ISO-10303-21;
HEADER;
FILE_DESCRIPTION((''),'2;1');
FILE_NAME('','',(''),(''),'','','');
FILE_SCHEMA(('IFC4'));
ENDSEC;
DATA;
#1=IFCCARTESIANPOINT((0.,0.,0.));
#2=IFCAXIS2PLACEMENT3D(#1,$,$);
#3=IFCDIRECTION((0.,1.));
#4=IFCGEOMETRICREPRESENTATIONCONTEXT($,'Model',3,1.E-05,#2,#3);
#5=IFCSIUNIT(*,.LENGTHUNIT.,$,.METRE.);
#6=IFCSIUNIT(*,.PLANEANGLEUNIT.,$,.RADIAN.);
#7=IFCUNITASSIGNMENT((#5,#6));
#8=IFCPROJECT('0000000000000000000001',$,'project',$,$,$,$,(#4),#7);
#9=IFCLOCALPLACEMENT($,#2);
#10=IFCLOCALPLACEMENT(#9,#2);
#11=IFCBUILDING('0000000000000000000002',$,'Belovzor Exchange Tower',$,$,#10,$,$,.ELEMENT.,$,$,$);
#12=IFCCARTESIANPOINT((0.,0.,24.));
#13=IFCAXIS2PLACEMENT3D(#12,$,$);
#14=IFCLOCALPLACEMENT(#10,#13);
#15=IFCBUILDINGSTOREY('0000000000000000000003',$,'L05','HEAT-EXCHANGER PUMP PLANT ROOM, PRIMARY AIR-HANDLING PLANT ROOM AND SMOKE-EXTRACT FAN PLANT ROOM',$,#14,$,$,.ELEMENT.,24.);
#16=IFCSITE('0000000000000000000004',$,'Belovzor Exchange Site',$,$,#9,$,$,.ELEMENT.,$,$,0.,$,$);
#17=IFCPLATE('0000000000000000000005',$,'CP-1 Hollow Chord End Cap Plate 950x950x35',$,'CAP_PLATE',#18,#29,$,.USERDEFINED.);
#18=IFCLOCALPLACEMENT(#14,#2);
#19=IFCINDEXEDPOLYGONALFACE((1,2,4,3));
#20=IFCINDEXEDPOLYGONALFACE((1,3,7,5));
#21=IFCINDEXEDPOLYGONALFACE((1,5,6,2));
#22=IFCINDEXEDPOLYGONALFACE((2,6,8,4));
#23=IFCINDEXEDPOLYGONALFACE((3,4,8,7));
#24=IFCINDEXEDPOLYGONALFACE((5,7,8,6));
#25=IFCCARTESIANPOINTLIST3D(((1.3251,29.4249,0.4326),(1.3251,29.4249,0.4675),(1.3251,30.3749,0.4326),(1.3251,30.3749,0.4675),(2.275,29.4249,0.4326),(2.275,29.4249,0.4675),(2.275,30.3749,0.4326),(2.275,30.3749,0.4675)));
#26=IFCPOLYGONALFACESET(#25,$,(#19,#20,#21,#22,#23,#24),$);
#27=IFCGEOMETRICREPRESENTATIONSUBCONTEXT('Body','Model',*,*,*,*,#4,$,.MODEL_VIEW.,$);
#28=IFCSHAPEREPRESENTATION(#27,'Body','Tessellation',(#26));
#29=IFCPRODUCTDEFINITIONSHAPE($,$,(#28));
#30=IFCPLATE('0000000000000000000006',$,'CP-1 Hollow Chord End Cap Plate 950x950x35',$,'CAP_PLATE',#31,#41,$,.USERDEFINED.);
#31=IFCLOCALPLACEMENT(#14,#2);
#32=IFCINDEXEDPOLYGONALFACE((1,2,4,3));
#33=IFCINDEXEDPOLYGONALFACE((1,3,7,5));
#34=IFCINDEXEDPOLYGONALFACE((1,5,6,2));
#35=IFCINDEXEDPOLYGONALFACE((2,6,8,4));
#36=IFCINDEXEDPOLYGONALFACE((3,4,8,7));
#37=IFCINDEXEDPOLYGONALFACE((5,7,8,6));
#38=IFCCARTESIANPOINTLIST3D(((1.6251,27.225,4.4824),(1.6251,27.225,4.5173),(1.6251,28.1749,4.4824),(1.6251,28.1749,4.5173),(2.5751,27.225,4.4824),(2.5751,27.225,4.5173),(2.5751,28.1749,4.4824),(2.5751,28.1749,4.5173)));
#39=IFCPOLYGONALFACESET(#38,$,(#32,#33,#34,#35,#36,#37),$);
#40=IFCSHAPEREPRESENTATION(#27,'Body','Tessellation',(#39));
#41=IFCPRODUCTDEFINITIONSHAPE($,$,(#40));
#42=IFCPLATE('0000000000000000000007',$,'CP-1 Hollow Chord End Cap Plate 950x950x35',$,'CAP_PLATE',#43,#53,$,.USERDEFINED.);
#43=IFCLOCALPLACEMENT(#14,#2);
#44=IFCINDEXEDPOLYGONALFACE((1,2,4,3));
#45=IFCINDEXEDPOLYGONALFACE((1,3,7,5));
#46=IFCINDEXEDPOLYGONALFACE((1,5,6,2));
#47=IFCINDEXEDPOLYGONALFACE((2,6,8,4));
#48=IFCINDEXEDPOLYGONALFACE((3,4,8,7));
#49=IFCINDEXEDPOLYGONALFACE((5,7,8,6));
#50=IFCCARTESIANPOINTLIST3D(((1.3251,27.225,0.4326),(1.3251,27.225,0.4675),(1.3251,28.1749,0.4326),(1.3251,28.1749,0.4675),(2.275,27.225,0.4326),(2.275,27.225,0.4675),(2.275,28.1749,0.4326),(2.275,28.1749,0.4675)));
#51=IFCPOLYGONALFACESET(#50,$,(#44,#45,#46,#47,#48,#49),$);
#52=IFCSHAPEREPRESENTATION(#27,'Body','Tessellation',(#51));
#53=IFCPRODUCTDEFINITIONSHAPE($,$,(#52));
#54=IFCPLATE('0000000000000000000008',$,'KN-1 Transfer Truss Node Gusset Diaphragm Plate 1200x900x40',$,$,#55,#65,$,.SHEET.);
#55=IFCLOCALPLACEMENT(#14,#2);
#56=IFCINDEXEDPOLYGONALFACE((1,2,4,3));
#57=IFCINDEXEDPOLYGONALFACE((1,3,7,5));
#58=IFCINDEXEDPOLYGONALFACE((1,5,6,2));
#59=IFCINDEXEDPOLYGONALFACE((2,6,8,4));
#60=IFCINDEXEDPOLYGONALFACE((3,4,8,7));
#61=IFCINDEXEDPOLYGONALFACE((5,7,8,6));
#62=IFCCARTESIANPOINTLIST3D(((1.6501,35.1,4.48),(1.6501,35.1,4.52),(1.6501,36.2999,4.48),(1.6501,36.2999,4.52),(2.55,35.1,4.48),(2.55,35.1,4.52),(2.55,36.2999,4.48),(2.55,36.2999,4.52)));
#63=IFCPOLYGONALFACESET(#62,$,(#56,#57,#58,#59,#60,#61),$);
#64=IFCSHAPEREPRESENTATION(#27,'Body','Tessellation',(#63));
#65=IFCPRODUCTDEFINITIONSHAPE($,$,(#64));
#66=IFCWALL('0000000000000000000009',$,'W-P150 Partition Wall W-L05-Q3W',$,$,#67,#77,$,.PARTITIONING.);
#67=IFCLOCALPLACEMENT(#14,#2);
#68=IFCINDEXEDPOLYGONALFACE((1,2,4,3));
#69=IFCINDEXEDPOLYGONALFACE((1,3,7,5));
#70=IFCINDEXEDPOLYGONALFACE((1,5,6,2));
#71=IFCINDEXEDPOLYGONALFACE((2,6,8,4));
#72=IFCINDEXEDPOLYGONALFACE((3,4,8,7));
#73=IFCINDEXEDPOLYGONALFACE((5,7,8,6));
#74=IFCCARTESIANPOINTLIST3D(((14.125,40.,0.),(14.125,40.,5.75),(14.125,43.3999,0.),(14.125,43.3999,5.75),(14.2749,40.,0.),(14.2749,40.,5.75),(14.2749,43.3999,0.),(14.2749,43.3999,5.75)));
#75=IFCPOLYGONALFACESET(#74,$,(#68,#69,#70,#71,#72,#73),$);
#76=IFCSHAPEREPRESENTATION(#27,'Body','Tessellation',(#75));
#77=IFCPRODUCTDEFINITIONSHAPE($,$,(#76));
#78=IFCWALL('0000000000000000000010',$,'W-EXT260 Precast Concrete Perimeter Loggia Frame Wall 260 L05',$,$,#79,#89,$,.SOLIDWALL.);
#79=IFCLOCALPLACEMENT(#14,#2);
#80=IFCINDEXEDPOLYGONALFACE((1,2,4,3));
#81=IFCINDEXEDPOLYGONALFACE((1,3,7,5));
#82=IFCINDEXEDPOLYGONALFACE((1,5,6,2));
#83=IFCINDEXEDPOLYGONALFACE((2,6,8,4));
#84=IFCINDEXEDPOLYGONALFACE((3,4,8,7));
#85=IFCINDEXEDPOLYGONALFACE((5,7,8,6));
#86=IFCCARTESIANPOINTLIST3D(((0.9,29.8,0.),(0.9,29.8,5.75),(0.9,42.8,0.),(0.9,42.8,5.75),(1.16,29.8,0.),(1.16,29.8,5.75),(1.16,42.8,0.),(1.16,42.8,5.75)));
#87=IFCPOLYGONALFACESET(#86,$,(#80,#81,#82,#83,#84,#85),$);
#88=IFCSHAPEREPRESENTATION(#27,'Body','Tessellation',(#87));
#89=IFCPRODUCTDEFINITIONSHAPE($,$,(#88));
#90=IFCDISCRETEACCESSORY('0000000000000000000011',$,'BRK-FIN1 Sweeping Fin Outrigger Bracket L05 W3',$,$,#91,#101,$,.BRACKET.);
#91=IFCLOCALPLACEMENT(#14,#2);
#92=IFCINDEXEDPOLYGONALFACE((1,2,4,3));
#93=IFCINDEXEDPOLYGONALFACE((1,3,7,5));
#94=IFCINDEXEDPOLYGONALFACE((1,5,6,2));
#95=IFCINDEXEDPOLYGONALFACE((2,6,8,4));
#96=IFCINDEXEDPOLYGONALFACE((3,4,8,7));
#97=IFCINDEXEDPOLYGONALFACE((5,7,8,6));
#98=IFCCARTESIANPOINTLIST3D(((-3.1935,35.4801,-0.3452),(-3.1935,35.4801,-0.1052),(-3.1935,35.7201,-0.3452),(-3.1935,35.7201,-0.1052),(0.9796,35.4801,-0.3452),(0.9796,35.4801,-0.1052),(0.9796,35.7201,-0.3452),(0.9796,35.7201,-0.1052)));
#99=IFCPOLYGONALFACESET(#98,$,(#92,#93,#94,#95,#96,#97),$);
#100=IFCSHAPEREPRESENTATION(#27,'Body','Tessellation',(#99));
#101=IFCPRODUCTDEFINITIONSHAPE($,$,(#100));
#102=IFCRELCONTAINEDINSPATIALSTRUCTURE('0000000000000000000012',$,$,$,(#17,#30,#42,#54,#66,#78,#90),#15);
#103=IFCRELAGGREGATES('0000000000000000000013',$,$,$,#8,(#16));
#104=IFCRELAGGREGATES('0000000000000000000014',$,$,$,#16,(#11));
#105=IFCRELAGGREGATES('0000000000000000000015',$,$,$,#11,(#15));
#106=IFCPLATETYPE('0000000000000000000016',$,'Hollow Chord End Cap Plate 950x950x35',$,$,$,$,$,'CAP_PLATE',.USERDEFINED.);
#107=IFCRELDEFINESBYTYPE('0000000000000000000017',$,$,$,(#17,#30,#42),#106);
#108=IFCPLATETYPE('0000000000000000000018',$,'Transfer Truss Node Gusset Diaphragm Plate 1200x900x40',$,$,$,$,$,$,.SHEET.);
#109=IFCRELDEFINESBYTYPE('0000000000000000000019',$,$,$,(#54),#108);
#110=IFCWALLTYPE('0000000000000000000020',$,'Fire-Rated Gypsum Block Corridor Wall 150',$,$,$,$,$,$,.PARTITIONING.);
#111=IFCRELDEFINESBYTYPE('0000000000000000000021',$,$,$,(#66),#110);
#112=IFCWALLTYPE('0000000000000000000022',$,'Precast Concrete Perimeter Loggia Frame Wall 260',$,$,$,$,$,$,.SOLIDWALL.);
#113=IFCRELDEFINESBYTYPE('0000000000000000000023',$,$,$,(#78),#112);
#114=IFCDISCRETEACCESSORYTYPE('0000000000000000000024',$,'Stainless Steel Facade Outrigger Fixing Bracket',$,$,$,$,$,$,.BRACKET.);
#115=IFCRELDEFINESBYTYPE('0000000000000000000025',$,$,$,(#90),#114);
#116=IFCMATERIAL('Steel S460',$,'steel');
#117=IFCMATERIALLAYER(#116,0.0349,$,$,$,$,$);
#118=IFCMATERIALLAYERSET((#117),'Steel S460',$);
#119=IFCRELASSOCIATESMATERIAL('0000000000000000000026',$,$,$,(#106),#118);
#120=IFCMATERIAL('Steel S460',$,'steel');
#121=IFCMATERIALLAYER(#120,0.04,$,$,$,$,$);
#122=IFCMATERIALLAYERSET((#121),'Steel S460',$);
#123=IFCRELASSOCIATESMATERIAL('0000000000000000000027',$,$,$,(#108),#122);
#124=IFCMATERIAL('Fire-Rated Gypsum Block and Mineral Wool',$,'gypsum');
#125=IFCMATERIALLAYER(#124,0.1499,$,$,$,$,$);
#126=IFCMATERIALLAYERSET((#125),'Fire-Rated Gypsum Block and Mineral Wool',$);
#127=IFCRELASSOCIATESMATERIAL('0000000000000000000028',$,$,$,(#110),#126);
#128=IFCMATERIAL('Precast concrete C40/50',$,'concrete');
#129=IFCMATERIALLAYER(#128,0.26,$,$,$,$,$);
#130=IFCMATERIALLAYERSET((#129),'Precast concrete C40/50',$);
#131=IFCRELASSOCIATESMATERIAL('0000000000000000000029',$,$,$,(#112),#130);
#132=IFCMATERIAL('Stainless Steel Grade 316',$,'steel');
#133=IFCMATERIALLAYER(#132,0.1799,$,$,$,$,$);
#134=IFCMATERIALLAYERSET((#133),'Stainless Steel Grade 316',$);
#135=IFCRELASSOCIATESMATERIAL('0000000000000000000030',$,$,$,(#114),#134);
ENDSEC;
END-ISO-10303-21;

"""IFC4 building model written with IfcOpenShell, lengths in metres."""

from ifc_helpers import new_model, si_unit, direction, frame, frame_2d, origin, origin_2d, place, context, subcontext, project, spatial, rectangle, extrude, material, layer, layer_set, type_object, element, save


model = new_model("IFC4")

# Units and contexts
model_context = context("Model", 3, precision=1e-05, world=origin(), true_north=direction((0.0, 1.0)))
body_context = subcontext(model_context, "Body", "Model", "MODEL_VIEW")
ifc_project = project(units=[si_unit("LENGTHUNIT", "METRE"), si_unit("PLANEANGLEUNIT", "RADIAN")], contexts=[model_context])

# Site, building, storey
site_placement = place(None, origin())
site = spatial("IfcSite", under=ifc_project, at=site_placement, Name="Belovzor Exchange Site", CompositionType="ELEMENT", RefElevation=0.0)
building_placement = place(site_placement, origin())
building = spatial("IfcBuilding", under=site, at=building_placement, Name="Belovzor Exchange Tower", CompositionType="ELEMENT")
storey_placement = place(building_placement, frame((0.0, 0.0, 24.0)))
storey = spatial("IfcBuildingStorey", under=building, at=storey_placement, Name="L05", Description="HEAT-EXCHANGER PUMP PLANT ROOM, PRIMARY AIR-HANDLING PLANT ROOM AND SMOKE-EXTRACT FAN PLANT ROOM", CompositionType="ELEMENT", Elevation=24.0)

# Plates
ifc_material_1 = material(Name="Steel S460", Category="steel")
ifc_layer_1 = layer(ifc_material_1, 0.0349)
ifc_layer_set_1 = layer_set([ifc_layer_1], Name="Steel S460")
plate_type_1 = type_object("IfcPlateType", Name="Hollow Chord End Cap Plate 950x950x35", ElementType="CAP_PLATE", PredefinedType="USERDEFINED", material=ifc_layer_set_1)
for number, where, z_axis, x_axis, name in (
    (1, (1.8, 29.8999, 0.4326), (0.0, 0.0, 1.0), (0.0, 1.0, 0.0), "CP-1 Hollow Chord End Cap Plate 950x950x35"),
    (2, (2.1001, 27.7, 4.4824), (0.0, 0.0, 1.0), (0.0, 1.0, 0.0), "CP-1 Hollow Chord End Cap Plate 950x950x35"),
    (3, (1.8, 27.7, 0.4326), (0.0, 0.0, 1.0), (0.0, 1.0, 0.0), "CP-1 Hollow Chord End Cap Plate 950x950x35"),
):
    element("IfcPlate", number, at=place(storey_placement, frame(where, z_axis=z_axis, x_axis=x_axis)), inside=storey, type_object=plate_type_1, Name=name, ObjectType="CAP_PLATE", PredefinedType="USERDEFINED", context=body_context, shape_type="SweptSolid", body=[
        extrude(rectangle(XDim=0.95, YDim=0.95, at=origin_2d()), origin(), (0.0, 0.0, 1.0), 0.0349),
    ])
ifc_material_2 = material(Name="Steel S460", Category="steel")
ifc_layer_2 = layer(ifc_material_2, 0.04)
ifc_layer_set_2 = layer_set([ifc_layer_2], Name="Steel S460")
plate_type_2 = type_object("IfcPlateType", Name="Transfer Truss Node Gusset Diaphragm Plate 1200x900x40", PredefinedType="SHEET", material=ifc_layer_set_2)
plate_placement = place(storey_placement, frame((2.1001, 35.7, 4.48), z_axis=(0.0, 0.0, 1.0), x_axis=(0.0, 1.0, 0.0)))
element("IfcPlate", 4, at=plate_placement, inside=storey, type_object=plate_type_2, Name="KN-1 Transfer Truss Node Gusset Diaphragm Plate 1200x900x40", PredefinedType="SHEET", context=body_context, shape_type="SweptSolid", body=[
    extrude(rectangle(XDim=1.2, YDim=0.8999, at=origin_2d()), origin(), (0.0, 0.0, 1.0), 0.04),
])

# Walls
ifc_material_3 = material(Name="Fire-Rated Gypsum Block and Mineral Wool", Category="gypsum")
ifc_layer_3 = layer(ifc_material_3, 0.1499)
ifc_layer_set_3 = layer_set([ifc_layer_3], Name="Fire-Rated Gypsum Block and Mineral Wool")
wall_type_1 = type_object("IfcWallType", Name="Fire-Rated Gypsum Block Corridor Wall 150", PredefinedType="PARTITIONING", material=ifc_layer_set_3)
wall_1_placement = place(storey_placement, frame((14.2, 40.0, 0.0), z_axis=(0.0, 0.0, 1.0), x_axis=(0.0, 1.0, 0.0)))
element("IfcWall", 5, at=wall_1_placement, inside=storey, type_object=wall_type_1, Name="W-P150 Partition Wall W-L05-Q3W", PredefinedType="PARTITIONING", context=body_context, shape_type="SweptSolid", body=[
    extrude(rectangle(XDim=3.3999, YDim=0.1499, at=frame_2d((1.7, 0.0))), origin(), (0.0, 0.0, 1.0), 5.75),
])
ifc_material_4 = material(Name="Precast concrete C40/50", Category="concrete")
ifc_layer_4 = layer(ifc_material_4, 0.26)
ifc_layer_set_4 = layer_set([ifc_layer_4], Name="Precast concrete C40/50")
wall_type_2 = type_object("IfcWallType", Name="Precast Concrete Perimeter Loggia Frame Wall 260", PredefinedType="SOLIDWALL", material=ifc_layer_set_4)
wall_2_placement = place(storey_placement, frame((1.03, 29.8, 0.0), z_axis=(0.0, 0.0, 1.0), x_axis=(0.0, 1.0, 0.0)))
element("IfcWall", 6, at=wall_2_placement, inside=storey, type_object=wall_type_2, Name="W-EXT260 Precast Concrete Perimeter Loggia Frame Wall 260 L05", PredefinedType="SOLIDWALL", context=body_context, shape_type="SweptSolid", body=[
    extrude(rectangle(XDim=13.0, YDim=0.26, at=frame_2d((6.5, 0.0))), origin(), (0.0, 0.0, 1.0), 5.75),
])

# Discrete accessory
ifc_material_5 = material(Name="Stainless Steel Grade 316", Category="steel")
ifc_layer_5 = layer(ifc_material_5, 0.1799)
ifc_layer_set_5 = layer_set([ifc_layer_5], Name="Stainless Steel Grade 316")
discrete_accessory_type = type_object("IfcDiscreteAccessoryType", Name="Stainless Steel Facade Outrigger Fixing Bracket", PredefinedType="BRACKET", material=ifc_layer_set_5)
discrete_accessory_placement = place(storey_placement, frame((-1.1069, 35.6001, -0.3452), z_axis=(0.0, 0.0, 1.0), x_axis=(1.0, 0.0, 0.0)))
element("IfcDiscreteAccessory", 7, at=discrete_accessory_placement, inside=storey, type_object=discrete_accessory_type, Name="BRK-FIN1 Sweeping Fin Outrigger Bracket L05 W3", PredefinedType="BRACKET", context=body_context, shape_type="SweptSolid", body=[
    extrude(rectangle(XDim=4.1731, YDim=0.24, at=origin_2d()), origin(), (0.0, 0.0, 1.0), 0.24),
])

save(model, "model.ifc")
